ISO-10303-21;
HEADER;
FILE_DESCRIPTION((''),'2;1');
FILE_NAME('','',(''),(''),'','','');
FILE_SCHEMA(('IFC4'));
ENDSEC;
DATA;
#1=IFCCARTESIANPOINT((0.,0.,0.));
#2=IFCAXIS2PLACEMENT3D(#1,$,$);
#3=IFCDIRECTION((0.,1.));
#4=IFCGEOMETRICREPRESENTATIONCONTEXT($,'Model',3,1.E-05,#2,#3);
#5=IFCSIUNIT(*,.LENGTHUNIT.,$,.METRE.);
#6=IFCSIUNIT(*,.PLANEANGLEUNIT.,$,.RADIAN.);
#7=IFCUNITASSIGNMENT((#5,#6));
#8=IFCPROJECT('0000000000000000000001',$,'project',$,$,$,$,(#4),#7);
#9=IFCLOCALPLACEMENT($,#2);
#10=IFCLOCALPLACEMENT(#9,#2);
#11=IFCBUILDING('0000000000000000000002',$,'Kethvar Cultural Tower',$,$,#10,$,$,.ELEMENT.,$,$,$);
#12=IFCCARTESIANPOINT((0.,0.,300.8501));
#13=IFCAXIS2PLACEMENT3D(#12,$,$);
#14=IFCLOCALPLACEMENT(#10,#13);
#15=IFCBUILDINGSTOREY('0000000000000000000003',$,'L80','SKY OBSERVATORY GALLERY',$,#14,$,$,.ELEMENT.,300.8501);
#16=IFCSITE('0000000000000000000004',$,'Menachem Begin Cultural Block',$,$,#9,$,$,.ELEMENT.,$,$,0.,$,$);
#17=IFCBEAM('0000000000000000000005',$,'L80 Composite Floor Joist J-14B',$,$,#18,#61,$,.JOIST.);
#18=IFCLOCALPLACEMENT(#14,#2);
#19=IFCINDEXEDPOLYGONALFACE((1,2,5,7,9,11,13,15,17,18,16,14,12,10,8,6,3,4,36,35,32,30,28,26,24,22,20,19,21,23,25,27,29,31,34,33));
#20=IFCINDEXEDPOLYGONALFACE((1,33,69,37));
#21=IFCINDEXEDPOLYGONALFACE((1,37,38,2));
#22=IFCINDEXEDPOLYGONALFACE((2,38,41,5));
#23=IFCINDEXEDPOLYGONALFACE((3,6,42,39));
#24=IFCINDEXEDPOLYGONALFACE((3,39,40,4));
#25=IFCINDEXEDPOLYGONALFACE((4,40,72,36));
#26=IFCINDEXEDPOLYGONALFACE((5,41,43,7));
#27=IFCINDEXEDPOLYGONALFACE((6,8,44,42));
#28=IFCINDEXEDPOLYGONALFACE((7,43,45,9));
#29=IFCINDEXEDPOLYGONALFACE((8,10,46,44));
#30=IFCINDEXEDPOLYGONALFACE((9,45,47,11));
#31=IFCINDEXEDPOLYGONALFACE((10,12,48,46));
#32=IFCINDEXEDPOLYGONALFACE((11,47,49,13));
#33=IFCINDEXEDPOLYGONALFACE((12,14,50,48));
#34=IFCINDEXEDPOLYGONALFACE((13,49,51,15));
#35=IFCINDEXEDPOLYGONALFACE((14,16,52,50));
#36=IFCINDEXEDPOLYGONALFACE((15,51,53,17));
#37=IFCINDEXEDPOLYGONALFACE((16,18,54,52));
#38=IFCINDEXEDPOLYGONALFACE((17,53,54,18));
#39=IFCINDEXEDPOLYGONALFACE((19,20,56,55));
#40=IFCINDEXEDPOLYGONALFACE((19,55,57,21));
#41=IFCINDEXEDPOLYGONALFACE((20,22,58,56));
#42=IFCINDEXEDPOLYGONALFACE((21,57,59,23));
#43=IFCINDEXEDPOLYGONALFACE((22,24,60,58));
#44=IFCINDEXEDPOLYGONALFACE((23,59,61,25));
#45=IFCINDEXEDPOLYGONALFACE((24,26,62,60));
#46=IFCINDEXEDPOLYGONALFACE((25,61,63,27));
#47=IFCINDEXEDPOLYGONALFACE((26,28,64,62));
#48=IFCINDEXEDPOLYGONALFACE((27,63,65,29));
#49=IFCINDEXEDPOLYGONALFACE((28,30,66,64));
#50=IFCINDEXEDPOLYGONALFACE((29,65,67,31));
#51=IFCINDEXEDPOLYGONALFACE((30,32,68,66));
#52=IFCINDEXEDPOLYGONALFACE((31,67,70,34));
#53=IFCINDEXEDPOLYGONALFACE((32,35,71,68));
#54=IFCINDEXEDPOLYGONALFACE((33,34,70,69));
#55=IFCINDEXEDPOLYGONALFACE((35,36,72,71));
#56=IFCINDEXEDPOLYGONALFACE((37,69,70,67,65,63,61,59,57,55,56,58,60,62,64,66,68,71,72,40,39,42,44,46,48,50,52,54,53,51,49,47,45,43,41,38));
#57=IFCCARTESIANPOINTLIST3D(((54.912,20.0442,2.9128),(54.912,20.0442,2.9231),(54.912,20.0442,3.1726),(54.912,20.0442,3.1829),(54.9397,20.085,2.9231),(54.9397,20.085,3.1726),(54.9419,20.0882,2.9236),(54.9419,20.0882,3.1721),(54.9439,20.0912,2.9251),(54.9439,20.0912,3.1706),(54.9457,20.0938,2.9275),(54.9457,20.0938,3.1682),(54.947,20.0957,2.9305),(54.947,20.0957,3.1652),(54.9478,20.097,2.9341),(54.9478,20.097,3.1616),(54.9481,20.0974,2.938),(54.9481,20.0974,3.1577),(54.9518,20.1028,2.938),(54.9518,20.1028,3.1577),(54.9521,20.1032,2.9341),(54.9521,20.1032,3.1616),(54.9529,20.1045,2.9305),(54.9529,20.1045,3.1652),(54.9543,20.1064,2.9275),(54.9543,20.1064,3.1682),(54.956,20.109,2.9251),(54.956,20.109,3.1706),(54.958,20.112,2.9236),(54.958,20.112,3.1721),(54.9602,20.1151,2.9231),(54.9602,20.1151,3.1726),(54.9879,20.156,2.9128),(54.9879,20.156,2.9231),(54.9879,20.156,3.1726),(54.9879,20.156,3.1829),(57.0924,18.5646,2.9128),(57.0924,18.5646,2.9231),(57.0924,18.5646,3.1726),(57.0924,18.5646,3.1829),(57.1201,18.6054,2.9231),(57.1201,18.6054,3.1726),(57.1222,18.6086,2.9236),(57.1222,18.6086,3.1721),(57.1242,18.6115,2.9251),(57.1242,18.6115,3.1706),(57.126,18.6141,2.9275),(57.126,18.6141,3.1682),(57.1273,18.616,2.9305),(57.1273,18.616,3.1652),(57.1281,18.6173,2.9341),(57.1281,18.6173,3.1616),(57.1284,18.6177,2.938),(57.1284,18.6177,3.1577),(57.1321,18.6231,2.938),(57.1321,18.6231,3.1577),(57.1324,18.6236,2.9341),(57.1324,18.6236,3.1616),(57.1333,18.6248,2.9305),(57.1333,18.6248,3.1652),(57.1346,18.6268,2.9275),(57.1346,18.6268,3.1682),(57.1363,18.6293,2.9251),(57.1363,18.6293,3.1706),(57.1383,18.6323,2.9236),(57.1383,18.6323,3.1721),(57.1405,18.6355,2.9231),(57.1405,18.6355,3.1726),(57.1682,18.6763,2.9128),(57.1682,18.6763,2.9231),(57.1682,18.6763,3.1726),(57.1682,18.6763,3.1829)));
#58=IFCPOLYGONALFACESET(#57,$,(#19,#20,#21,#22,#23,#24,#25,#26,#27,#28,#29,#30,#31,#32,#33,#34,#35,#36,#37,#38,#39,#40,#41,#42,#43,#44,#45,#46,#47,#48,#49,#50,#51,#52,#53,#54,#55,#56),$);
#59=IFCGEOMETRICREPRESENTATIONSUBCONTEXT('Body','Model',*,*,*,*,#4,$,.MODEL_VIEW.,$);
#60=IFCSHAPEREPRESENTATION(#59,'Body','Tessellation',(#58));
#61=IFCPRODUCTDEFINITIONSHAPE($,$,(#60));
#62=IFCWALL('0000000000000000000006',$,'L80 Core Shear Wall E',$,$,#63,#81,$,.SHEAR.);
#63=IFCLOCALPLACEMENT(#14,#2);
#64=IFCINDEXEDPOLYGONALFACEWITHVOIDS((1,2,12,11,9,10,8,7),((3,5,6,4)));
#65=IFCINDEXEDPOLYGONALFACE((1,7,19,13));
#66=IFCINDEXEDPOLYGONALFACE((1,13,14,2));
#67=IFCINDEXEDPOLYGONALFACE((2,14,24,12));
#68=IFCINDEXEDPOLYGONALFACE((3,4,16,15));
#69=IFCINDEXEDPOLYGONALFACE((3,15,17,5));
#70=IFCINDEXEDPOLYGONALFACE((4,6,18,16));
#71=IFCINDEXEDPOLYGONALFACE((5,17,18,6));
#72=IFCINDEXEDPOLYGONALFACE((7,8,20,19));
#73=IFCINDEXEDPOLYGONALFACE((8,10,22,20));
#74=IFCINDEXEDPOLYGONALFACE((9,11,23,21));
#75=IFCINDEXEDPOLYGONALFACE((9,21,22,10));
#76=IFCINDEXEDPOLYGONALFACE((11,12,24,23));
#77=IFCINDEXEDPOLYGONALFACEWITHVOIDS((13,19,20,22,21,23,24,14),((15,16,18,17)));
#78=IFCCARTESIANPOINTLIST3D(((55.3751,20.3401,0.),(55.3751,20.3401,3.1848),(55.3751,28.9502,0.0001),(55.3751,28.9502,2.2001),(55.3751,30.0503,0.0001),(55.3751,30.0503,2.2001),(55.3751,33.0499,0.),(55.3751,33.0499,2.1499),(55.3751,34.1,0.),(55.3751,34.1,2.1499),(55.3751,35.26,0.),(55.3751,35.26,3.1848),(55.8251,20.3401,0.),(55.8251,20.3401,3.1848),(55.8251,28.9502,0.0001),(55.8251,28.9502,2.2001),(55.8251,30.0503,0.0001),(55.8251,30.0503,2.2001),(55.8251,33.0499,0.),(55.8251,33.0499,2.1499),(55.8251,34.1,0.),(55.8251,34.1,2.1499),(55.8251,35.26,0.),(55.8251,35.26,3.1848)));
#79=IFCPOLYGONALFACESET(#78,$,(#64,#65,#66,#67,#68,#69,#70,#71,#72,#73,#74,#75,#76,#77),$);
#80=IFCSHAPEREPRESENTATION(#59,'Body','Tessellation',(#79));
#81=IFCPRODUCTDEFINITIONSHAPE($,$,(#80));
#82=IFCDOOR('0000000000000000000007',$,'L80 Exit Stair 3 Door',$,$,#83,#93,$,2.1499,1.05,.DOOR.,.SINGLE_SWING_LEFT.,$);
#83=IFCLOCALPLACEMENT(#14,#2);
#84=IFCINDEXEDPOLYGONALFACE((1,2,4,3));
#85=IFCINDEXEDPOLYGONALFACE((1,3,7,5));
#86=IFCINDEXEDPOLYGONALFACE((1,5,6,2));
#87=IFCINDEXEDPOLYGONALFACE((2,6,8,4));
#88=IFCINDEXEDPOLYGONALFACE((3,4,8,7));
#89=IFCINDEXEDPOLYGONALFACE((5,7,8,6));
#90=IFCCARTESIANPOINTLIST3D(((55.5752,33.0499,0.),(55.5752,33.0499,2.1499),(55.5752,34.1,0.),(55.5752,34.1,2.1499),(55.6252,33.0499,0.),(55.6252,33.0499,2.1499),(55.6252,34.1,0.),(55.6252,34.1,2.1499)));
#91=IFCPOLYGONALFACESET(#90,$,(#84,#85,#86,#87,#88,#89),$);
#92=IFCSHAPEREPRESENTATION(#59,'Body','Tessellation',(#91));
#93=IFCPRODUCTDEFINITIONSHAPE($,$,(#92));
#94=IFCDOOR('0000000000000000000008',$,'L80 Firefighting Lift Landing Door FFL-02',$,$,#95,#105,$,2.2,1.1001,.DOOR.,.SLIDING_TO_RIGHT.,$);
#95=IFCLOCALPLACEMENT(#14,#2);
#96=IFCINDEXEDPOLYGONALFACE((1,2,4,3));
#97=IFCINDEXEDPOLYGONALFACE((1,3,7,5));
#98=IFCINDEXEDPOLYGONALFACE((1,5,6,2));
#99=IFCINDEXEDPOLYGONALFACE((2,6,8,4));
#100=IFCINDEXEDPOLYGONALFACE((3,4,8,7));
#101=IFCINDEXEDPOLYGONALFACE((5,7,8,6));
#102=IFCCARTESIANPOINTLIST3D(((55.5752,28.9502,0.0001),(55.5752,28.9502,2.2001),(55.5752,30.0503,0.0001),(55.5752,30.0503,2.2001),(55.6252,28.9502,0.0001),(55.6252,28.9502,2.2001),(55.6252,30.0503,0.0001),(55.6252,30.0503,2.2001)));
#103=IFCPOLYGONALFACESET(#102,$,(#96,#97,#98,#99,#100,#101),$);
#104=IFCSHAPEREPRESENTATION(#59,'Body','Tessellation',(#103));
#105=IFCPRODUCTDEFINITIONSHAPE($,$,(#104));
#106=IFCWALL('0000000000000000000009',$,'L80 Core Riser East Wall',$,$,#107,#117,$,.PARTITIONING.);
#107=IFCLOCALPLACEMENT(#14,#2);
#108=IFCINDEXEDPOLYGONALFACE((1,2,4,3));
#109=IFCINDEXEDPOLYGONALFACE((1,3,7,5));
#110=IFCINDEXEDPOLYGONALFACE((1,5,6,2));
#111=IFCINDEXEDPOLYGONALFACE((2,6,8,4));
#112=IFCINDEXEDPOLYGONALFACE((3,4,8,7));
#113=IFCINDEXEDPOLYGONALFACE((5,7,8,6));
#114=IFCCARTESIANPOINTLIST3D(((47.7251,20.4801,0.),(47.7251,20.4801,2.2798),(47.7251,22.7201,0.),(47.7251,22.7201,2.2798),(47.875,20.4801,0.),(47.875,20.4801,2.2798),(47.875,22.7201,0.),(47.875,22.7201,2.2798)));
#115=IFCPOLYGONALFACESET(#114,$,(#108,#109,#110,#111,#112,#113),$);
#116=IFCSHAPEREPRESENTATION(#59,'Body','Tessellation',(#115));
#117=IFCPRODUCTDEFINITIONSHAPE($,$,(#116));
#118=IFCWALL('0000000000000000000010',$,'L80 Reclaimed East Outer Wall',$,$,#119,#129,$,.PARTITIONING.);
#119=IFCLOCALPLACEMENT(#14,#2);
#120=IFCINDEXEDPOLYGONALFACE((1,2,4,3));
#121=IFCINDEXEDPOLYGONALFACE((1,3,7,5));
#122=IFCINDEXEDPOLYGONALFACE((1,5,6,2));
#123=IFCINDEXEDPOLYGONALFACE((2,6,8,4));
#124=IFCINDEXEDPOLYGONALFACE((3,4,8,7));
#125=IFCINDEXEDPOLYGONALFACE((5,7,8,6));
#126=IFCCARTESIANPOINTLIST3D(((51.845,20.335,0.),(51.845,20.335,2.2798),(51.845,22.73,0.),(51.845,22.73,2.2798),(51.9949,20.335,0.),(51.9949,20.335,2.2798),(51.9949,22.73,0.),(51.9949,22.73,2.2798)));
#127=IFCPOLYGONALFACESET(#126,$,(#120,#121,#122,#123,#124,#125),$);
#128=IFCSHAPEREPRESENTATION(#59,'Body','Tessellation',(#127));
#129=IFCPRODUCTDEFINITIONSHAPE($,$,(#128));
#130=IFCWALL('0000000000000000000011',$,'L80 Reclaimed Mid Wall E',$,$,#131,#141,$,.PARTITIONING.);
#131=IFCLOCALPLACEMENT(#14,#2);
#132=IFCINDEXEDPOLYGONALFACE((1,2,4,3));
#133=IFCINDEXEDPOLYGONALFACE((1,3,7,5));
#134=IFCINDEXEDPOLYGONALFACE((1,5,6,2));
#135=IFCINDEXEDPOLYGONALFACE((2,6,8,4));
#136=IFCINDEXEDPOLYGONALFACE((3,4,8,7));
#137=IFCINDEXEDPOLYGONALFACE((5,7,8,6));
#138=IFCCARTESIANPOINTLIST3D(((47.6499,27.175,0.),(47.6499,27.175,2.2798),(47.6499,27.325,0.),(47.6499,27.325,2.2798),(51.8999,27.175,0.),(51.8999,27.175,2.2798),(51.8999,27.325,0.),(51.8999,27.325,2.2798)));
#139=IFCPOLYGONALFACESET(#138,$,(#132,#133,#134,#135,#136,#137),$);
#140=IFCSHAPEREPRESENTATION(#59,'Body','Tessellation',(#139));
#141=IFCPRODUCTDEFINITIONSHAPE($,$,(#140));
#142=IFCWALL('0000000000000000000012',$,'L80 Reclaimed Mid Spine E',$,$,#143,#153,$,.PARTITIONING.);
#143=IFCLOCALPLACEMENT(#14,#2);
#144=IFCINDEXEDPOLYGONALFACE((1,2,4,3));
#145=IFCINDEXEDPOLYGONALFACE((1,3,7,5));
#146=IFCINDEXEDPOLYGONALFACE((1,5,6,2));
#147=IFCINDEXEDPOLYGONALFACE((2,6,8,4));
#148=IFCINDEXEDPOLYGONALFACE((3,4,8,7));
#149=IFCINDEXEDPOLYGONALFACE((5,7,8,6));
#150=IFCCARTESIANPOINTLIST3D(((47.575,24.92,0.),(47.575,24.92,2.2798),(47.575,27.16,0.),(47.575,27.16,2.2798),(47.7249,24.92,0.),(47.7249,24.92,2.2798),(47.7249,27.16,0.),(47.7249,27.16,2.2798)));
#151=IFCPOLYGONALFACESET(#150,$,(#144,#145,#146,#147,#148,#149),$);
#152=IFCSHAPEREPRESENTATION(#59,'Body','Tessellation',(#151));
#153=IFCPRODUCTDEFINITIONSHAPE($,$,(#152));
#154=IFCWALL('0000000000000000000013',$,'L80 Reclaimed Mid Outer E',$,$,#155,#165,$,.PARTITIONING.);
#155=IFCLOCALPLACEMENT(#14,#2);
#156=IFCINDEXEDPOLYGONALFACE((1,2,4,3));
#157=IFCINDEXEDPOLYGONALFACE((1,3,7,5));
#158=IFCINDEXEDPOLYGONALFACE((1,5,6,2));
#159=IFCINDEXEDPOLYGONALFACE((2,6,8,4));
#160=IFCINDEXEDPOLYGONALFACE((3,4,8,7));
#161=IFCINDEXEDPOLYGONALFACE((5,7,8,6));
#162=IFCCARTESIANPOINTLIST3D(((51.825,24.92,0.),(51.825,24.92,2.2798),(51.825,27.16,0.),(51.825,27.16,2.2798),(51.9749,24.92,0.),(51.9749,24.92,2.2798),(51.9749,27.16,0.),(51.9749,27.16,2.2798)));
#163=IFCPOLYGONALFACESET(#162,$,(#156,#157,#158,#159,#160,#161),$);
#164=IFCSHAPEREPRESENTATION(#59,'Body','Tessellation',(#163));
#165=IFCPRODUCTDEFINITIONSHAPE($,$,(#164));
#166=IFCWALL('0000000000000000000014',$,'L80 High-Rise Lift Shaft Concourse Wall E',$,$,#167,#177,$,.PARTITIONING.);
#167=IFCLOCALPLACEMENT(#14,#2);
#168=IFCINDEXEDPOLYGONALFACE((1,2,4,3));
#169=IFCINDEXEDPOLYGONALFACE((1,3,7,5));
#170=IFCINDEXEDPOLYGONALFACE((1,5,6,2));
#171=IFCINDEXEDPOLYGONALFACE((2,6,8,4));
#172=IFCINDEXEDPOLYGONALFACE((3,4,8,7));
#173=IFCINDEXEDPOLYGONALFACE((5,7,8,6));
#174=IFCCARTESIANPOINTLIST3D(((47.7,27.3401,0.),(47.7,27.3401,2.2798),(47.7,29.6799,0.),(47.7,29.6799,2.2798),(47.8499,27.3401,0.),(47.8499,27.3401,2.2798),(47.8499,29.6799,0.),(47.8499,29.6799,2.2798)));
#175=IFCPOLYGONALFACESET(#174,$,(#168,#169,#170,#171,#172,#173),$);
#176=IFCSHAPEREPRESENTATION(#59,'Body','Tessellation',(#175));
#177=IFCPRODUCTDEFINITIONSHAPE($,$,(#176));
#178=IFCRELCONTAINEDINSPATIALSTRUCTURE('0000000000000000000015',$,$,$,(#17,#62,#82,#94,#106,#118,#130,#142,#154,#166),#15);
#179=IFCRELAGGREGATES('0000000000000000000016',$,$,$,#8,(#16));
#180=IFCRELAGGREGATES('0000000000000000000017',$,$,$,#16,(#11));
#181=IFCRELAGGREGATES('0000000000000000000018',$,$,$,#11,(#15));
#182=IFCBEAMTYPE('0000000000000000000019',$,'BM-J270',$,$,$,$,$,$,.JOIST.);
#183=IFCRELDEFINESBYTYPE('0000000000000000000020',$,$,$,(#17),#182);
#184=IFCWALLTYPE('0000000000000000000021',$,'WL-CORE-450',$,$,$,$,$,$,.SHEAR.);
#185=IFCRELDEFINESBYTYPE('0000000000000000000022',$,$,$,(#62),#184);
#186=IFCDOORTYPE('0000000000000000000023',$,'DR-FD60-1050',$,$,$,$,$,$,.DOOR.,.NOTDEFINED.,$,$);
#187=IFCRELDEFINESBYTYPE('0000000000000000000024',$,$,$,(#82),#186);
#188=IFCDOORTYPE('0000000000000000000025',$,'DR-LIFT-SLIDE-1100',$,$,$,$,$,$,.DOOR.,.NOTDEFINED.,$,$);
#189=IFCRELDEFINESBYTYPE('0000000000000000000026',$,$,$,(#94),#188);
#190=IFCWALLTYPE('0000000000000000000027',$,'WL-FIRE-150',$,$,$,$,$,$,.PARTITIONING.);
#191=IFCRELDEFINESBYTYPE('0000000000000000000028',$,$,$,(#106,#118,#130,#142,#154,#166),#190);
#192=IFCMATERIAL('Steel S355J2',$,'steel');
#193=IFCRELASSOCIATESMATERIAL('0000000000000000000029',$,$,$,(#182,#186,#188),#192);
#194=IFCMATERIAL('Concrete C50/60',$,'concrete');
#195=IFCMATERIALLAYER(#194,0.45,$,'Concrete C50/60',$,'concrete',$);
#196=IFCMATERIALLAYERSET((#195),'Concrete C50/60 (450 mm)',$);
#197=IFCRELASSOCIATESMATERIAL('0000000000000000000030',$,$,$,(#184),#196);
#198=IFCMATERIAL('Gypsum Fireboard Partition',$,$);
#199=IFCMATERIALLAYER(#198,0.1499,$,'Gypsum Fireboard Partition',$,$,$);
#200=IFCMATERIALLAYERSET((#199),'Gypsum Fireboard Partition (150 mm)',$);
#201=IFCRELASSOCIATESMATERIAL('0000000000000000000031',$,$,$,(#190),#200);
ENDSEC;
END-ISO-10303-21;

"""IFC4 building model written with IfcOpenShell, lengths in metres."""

from ifc_helpers import new_model, si_unit, direction, frame, frame_2d, origin, origin_2d, place, context, subcontext, project, spatial, rectangle, i_section, extrude, source, transform, mapped, material, layer, layer_set, material_profile, profile_set, type_object, element, fill, save


model = new_model("IFC4")

# Units and contexts
model_context = context("Model", 3, precision=1e-05, world=origin(), true_north=direction((0.0, 1.0)))
body_context = subcontext(model_context, "Body", "Model", "MODEL_VIEW")
ifc_project = project(units=[si_unit("LENGTHUNIT", "METRE"), si_unit("PLANEANGLEUNIT", "RADIAN")], contexts=[model_context])

# Site, building, storey
site_placement = place(None, origin())
site = spatial("IfcSite", under=ifc_project, at=site_placement, Name="Menachem Begin Cultural Block", CompositionType="ELEMENT", RefElevation=0.0)
building_placement = place(site_placement, origin())
building = spatial("IfcBuilding", under=site, at=building_placement, Name="Kethvar Cultural Tower", CompositionType="ELEMENT")
storey_placement = place(building_placement, frame((0.0, 0.0, 300.8501)))
storey = spatial("IfcBuildingStorey", under=building, at=storey_placement, Name="L80", Description="SKY OBSERVATORY GALLERY", CompositionType="ELEMENT", Elevation=300.8501)

# Beam
ifc_material_1 = material(Name="Steel S355J2", Category="steel")
ifc_material_profile = material_profile(ifc_material_1, i_section(OverallWidth=0.135, OverallDepth=0.27, WebThickness=0.0066, FlangeThickness=0.0103, FilletRadius=0.0149, at=origin_2d()), Name="Steel S355J2 — IPE270")
ifc_profile_set = profile_set([ifc_material_profile], Name="Steel S355J2 — IPE270")
beam_type = type_object("IfcBeamType", Name="BM-J270", PredefinedType="JOIST", material=ifc_profile_set)
shared_shape_1 = source(origin(), body_context, "Body", "SweptSolid", [
    extrude(i_section(OverallWidth=0.135, OverallDepth=0.27, WebThickness=0.0066, FlangeThickness=0.0103, FilletRadius=0.0149, at=origin_2d()), origin(), (0.0, 0.0, 1.0), 2.635),
])
beam_placement = place(storey_placement, frame((54.95, 20.1001, 3.0479), z_axis=(0.827447, -0.561544, 0.0), x_axis=(0.561544, 0.827447, 0.0)))
element("IfcBeam", 1, at=beam_placement, inside=storey, type_object=beam_type, Name="L80 Composite Floor Joist J-14B", PredefinedType="JOIST", context=body_context, shape_type="MappedRepresentation", body=[
    mapped(shared_shape_1, transform((0.0, 0.0, 0.0), scale=1.0)),
])

# Wall, openings, doors
ifc_material_2 = material(Name="Concrete C50/60", Category="concrete")
ifc_layer_1 = layer(ifc_material_2, 0.45, Name="Concrete C50/60", Category="concrete")
ifc_layer_set_1 = layer_set([ifc_layer_1], Name="Concrete C50/60 (450 mm)")
wall_type_1 = type_object("IfcWallType", Name="WL-CORE-450", PredefinedType="SHEAR", material=ifc_layer_set_1)
wall_1_placement = place(storey_placement, frame((55.6001, 20.3401, 0.0), z_axis=(0.0, 0.0, 1.0), x_axis=(0.0, 1.0, 0.0)))
wall_1 = element("IfcWall", 2, at=wall_1_placement, inside=storey, type_object=wall_type_1, Name="L80 Core Shear Wall E", PredefinedType="SHEAR", context=body_context, shape_type="SweptSolid", body=[
    extrude(rectangle(XDim=14.9199, YDim=0.45, at=frame_2d((7.46, 0.0))), origin(), (0.0, 0.0, 1.0), 3.1848),
])
opening_1_placement = place(wall_1_placement, frame((12.71, 0.0, 0.0)))
opening_1 = element("IfcOpeningElement", 3, at=opening_1_placement, cuts=wall_1, PredefinedType="OPENING", context=body_context, shape_type="SweptSolid", body=[
    extrude(rectangle(XDim=1.05, YDim=2.1499, at=frame_2d((0.5249, 1.075))), frame((0.0, 0.2349, 0.0), z_axis=(0.0, -1.0, 0.0), x_axis=(1.0, 0.0, 0.0)), (0.0, 0.0, 1.0), 0.47),
])
opening_2_placement = place(wall_1_placement, frame((8.6101, 0.0, 0.0)))
opening_2 = element("IfcOpeningElement", 4, at=opening_2_placement, cuts=wall_1, PredefinedType="OPENING", context=body_context, shape_type="SweptSolid", body=[
    extrude(rectangle(XDim=1.1001, YDim=2.2, at=frame_2d((0.55, 1.1001))), frame((0.0, 0.2349, 0.0), z_axis=(0.0, -1.0, 0.0), x_axis=(1.0, 0.0, 0.0)), (0.0, 0.0, 1.0), 0.47),
])
door_type_1 = type_object("IfcDoorType", Name="DR-FD60-1050", OperationType="NOTDEFINED", PredefinedType="DOOR", material=ifc_material_1)
shared_shape_2 = source(origin(), body_context, "Body", "SweptSolid", [
    extrude(rectangle(XDim=1.05, YDim=2.1499, at=frame_2d((0.5249, 1.075))), frame((0.0, 0.0249, 0.0), z_axis=(0.0, -1.0, 0.0), x_axis=(1.0, 0.0, 0.0)), (0.0, 0.0, 1.0), 0.05),
])
door_1_placement = place(opening_1_placement, origin())
door_1 = element("IfcDoor", 5, at=door_1_placement, inside=storey, type_object=door_type_1, Name="L80 Exit Stair 3 Door", OperationType="SINGLE_SWING_LEFT", OverallHeight=2.1499, OverallWidth=1.05, PredefinedType="DOOR", context=body_context, shape_type="MappedRepresentation", body=[
    mapped(shared_shape_2, transform((0.0, 0.0, 0.0), scale=1.0)),
])
fill(opening_1, door_1)
door_type_2 = type_object("IfcDoorType", Name="DR-LIFT-SLIDE-1100", OperationType="NOTDEFINED", PredefinedType="DOOR", material=ifc_material_1)
shared_shape_3 = source(origin(), body_context, "Body", "SweptSolid", [
    extrude(rectangle(XDim=1.1001, YDim=2.2, at=frame_2d((0.55, 1.1001))), frame((0.0, 0.0249, 0.0), z_axis=(0.0, -1.0, 0.0), x_axis=(1.0, 0.0, 0.0)), (0.0, 0.0, 1.0), 0.05),
])
door_2_placement = place(opening_2_placement, origin())
door_2 = element("IfcDoor", 6, at=door_2_placement, inside=storey, type_object=door_type_2, Name="L80 Firefighting Lift Landing Door FFL-02", OperationType="SLIDING_TO_RIGHT", OverallHeight=2.2, OverallWidth=1.1001, PredefinedType="DOOR", context=body_context, shape_type="MappedRepresentation", body=[
    mapped(shared_shape_3, transform((0.0, 0.0, 0.0), scale=1.0)),
])
fill(opening_2, door_2)

# Walls
ifc_material_3 = material(Name="Gypsum Fireboard Partition")
ifc_layer_2 = layer(ifc_material_3, 0.1499, Name="Gypsum Fireboard Partition")
ifc_layer_set_2 = layer_set([ifc_layer_2], Name="Gypsum Fireboard Partition (150 mm)")
wall_type_2 = type_object("IfcWallType", Name="WL-FIRE-150", PredefinedType="PARTITIONING", material=ifc_layer_set_2)
wall_2_placement = place(storey_placement, frame((47.8, 20.48, 0.0), z_axis=(0.0, 0.0, 1.0), x_axis=(0.0, 1.0, 0.0)))
element("IfcWall", 7, at=wall_2_placement, inside=storey, type_object=wall_type_2, Name="L80 Core Riser East Wall", PredefinedType="PARTITIONING", context=body_context, shape_type="SweptSolid", body=[
    extrude(rectangle(XDim=2.24, YDim=0.1499, at=frame_2d((1.1201, 0.0))), origin(), (0.0, 0.0, 1.0), 2.2798),
])
wall_3_placement = place(storey_placement, frame((51.9199, 20.335, 0.0), z_axis=(0.0, 0.0, 1.0), x_axis=(0.0, 1.0, 0.0)))
element("IfcWall", 8, at=wall_3_placement, inside=storey, type_object=wall_type_2, Name="L80 Reclaimed East Outer Wall", PredefinedType="PARTITIONING", context=body_context, shape_type="SweptSolid", body=[
    extrude(rectangle(XDim=2.395, YDim=0.1499, at=frame_2d((1.1975, 0.0))), origin(), (0.0, 0.0, 1.0), 2.2798),
])

# Walls
wall_4_placement = place(storey_placement, frame((47.6499, 27.25, 0.0), z_axis=(0.0, 0.0, 1.0), x_axis=(1.0, 0.0, 0.0)))
element("IfcWall", 9, at=wall_4_placement, inside=storey, type_object=wall_type_2, Name="L80 Reclaimed Mid Wall E", PredefinedType="PARTITIONING", context=body_context, shape_type="SweptSolid", body=[
    extrude(rectangle(XDim=4.25, YDim=0.1499, at=frame_2d((2.125, 0.0))), origin(), (0.0, 0.0, 1.0), 2.2798),
])
for number, where, z_axis, x_axis, name in (
    (10, (47.6499, 24.9199, 0.0), (0.0, 0.0, 1.0), (0.0, 1.0, 0.0), "L80 Reclaimed Mid Spine E"),
    (11, (51.8999, 24.9199, 0.0), (0.0, 0.0, 1.0), (0.0, 1.0, 0.0), "L80 Reclaimed Mid Outer E"),
):
    element("IfcWall", number, at=place(storey_placement, frame(where, z_axis=z_axis, x_axis=x_axis)), inside=storey, type_object=wall_type_2, Name=name, PredefinedType="PARTITIONING", context=body_context, shape_type="SweptSolid", body=[
        extrude(rectangle(XDim=2.24, YDim=0.1499, at=frame_2d((1.1201, 0.0))), origin(), (0.0, 0.0, 1.0), 2.2798),
    ])

# Wall
for number, where, z_axis, x_axis, name in (
    (12, (47.7749, 27.3401, 0.0), (0.0, 0.0, 1.0), (0.0, 1.0, 0.0), "L80 High-Rise Lift Shaft Concourse Wall E"),
):
    element("IfcWall", number, at=place(storey_placement, frame(where, z_axis=z_axis, x_axis=x_axis)), inside=storey, type_object=wall_type_2, Name=name, PredefinedType="PARTITIONING", context=body_context, shape_type="SweptSolid", body=[
        extrude(rectangle(XDim=2.3398, YDim=0.1499, at=frame_2d((1.1699, 0.0))), origin(), (0.0, 0.0, 1.0), 2.2798),
    ])

save(model, "model.ifc")
